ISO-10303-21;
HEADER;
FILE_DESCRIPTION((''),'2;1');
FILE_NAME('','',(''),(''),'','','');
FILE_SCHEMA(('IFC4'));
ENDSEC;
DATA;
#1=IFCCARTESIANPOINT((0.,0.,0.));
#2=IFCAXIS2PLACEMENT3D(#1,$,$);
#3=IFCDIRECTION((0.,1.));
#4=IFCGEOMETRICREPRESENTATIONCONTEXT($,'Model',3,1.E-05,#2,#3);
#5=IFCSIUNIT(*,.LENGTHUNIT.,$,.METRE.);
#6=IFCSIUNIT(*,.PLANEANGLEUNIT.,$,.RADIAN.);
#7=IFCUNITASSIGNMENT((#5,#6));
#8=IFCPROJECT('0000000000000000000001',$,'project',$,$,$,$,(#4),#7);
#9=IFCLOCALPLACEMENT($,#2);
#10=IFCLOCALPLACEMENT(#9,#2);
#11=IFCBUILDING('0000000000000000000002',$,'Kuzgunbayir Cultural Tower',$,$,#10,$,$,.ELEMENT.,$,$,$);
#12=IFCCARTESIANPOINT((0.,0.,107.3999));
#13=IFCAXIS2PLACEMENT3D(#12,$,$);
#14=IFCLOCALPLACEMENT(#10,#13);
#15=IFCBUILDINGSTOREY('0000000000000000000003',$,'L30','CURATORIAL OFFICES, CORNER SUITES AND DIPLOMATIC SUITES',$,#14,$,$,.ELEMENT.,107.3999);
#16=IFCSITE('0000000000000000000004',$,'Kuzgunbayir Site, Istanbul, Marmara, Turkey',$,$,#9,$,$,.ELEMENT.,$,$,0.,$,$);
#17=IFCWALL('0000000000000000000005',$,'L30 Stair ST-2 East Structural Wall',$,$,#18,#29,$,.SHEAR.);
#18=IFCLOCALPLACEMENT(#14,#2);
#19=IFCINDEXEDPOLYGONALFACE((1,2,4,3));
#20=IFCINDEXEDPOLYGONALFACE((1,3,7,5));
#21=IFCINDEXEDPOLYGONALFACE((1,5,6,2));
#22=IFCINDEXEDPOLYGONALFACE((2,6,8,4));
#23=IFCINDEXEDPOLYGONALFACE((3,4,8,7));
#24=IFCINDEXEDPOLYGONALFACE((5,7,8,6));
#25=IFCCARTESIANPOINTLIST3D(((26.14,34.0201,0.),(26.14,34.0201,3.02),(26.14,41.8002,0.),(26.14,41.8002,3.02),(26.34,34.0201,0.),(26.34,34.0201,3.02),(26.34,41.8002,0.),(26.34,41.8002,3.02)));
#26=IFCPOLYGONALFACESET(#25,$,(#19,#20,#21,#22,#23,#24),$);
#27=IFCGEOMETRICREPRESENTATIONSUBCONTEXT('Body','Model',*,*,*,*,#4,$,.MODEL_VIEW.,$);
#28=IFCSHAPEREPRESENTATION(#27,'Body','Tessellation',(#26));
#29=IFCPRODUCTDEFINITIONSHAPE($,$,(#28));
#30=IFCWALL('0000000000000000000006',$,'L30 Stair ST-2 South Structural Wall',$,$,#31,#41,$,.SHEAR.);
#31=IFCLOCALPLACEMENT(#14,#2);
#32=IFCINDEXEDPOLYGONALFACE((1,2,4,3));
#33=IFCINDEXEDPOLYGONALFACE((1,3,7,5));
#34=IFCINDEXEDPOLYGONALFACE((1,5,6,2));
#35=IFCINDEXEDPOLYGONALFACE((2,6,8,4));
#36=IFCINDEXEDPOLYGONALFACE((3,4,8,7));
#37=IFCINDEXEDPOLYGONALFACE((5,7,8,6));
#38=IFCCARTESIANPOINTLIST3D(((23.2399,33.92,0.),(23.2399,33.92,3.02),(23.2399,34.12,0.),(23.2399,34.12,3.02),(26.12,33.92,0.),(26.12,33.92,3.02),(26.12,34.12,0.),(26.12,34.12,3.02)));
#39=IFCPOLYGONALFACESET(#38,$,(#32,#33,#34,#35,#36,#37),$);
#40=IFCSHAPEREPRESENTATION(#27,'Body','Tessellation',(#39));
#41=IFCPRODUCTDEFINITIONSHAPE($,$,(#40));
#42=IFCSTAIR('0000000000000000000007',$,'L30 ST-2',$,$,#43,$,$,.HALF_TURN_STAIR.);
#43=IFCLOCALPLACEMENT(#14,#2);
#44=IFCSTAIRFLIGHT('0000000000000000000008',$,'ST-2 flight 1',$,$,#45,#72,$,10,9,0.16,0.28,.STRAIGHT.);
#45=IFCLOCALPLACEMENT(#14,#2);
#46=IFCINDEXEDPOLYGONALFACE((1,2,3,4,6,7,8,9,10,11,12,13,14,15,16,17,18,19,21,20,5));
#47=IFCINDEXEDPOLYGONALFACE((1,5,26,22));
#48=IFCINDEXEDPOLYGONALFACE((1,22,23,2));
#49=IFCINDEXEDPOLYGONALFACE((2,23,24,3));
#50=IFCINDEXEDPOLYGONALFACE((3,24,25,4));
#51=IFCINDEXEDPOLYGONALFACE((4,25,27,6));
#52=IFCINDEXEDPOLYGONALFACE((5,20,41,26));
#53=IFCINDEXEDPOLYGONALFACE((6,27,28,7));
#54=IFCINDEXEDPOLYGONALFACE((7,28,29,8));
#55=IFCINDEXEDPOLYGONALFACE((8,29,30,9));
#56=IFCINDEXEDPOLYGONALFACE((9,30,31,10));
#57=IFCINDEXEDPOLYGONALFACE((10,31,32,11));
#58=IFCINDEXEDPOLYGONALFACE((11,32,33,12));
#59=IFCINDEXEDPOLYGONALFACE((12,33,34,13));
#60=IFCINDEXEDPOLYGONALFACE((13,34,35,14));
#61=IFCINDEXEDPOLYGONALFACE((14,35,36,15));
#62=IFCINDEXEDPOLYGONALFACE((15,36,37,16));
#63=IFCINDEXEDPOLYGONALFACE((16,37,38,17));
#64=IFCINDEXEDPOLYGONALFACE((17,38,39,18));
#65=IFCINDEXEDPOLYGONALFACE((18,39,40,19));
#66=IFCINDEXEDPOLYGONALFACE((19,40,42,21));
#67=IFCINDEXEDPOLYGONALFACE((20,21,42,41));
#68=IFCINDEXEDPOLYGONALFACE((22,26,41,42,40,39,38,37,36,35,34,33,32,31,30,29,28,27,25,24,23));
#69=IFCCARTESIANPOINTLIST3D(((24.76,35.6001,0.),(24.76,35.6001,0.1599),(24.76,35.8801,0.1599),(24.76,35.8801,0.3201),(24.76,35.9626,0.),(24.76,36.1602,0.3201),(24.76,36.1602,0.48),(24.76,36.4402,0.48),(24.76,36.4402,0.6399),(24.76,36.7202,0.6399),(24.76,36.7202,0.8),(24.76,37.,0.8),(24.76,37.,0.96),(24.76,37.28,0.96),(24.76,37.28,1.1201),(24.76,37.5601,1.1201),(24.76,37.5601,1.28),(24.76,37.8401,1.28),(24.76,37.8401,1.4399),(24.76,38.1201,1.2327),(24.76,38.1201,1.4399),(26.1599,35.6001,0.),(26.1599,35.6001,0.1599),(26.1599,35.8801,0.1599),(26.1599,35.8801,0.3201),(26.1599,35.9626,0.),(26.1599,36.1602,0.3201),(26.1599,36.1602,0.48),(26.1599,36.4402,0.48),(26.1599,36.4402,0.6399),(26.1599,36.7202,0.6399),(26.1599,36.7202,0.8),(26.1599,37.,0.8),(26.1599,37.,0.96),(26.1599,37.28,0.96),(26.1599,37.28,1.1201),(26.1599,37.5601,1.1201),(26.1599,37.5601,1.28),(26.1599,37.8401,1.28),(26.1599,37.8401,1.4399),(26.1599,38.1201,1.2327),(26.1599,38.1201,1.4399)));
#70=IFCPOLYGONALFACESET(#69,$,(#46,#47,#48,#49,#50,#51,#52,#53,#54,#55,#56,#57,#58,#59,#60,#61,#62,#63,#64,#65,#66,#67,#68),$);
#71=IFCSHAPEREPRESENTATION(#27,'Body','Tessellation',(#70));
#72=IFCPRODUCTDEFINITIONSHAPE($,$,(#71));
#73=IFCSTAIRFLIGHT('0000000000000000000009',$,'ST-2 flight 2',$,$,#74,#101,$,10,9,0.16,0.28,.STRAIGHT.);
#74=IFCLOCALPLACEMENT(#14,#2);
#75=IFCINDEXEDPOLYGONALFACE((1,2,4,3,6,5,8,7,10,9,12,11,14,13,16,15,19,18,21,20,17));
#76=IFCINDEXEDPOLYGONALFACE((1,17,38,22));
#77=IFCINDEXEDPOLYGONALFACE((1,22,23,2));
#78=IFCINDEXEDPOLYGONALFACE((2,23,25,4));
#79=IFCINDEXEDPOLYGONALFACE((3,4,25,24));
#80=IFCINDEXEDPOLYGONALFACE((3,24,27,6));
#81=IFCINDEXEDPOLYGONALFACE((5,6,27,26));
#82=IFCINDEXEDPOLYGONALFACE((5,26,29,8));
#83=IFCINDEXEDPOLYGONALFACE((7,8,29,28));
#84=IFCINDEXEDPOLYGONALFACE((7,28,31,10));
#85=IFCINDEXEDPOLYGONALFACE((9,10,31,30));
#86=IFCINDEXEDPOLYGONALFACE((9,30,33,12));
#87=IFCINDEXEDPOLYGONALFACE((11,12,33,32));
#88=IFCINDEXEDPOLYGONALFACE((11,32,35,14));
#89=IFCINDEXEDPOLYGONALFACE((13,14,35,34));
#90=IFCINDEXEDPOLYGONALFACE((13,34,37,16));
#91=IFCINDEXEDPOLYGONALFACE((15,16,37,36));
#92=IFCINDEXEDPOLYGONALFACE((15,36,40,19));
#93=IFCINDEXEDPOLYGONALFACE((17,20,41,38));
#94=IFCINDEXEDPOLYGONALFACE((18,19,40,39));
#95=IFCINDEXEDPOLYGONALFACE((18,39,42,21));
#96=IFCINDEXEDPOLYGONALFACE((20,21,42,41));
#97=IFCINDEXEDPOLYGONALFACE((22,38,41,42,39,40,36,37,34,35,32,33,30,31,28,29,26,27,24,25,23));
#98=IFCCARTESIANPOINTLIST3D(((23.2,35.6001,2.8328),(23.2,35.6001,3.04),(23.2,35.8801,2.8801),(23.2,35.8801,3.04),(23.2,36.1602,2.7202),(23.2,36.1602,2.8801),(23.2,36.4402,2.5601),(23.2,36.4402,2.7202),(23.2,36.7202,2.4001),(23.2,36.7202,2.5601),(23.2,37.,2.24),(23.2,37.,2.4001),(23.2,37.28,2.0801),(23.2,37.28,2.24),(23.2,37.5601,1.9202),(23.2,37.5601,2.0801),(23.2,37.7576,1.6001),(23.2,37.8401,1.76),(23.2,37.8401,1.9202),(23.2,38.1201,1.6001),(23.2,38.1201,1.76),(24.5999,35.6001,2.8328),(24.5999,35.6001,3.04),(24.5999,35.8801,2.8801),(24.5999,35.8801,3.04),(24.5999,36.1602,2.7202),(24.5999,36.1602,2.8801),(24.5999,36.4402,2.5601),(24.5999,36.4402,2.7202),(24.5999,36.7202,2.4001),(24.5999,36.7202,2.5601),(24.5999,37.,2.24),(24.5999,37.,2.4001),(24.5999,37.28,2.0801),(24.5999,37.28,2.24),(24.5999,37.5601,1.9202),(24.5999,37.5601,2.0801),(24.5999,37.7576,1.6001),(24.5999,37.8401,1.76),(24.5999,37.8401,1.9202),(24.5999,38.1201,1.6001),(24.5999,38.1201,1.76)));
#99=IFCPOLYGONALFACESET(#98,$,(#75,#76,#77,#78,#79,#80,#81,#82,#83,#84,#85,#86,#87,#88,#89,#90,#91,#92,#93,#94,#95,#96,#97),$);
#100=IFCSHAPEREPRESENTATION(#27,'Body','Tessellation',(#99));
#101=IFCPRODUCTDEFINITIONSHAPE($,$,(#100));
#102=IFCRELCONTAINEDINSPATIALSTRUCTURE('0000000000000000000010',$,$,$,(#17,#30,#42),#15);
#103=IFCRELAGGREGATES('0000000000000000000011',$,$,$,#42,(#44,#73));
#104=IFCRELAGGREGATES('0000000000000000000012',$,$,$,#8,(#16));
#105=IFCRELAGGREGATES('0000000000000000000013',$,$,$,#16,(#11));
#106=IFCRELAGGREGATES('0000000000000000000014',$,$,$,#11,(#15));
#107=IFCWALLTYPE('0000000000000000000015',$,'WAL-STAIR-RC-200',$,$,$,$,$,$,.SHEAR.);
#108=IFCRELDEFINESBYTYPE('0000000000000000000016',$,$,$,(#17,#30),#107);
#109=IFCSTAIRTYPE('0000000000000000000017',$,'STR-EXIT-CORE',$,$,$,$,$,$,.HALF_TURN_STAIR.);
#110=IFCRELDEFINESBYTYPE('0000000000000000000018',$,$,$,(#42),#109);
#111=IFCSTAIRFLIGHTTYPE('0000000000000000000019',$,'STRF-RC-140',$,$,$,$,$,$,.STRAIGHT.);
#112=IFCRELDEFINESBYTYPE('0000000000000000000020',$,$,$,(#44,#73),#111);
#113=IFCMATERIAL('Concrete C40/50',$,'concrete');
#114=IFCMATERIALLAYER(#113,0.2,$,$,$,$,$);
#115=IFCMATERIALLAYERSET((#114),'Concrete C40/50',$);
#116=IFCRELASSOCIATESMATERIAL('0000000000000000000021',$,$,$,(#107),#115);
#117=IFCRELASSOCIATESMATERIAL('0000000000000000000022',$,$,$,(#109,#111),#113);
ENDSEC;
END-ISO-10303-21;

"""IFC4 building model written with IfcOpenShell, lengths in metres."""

from ifc_helpers import new_model, si_unit, direction, frame, frame_2d, origin, place, context, subcontext, project, spatial, polyline, rectangle, outline, extrude, material, layer, layer_set, type_object, element, aggregate, save


model = new_model("IFC4")

# Units and contexts
model_context = context("Model", 3, precision=1e-05, world=origin(), true_north=direction((0.0, 1.0)))
body_context = subcontext(model_context, "Body", "Model", "MODEL_VIEW")
ifc_project = project(units=[si_unit("LENGTHUNIT", "METRE"), si_unit("PLANEANGLEUNIT", "RADIAN")], contexts=[model_context])

# Site, building, storey
site_placement = place(None, origin())
site = spatial("IfcSite", under=ifc_project, at=site_placement, Name="Kuzgunbayir Site, Istanbul, Marmara, Turkey", CompositionType="ELEMENT", RefElevation=0.0)
building_placement = place(site_placement, origin())
building = spatial("IfcBuilding", under=site, at=building_placement, Name="Kuzgunbayir Cultural Tower", CompositionType="ELEMENT")
storey_placement = place(building_placement, frame((0.0, 0.0, 107.3999)))
storey = spatial("IfcBuildingStorey", under=building, at=storey_placement, Name="L30", Description="CURATORIAL OFFICES, CORNER SUITES AND DIPLOMATIC SUITES", CompositionType="ELEMENT", Elevation=107.3999)

# Shared definitions
ifc_material_1 = material(Name="Concrete C40/50", Category="concrete")

# Shared definitions
ifc_layer_1 = layer(ifc_material_1, 0.2)
ifc_layer_set_1 = layer_set([ifc_layer_1], Name="Concrete C40/50")
wall_type_1 = type_object("IfcWallType", Name="WAL-STAIR-RC-200", PredefinedType="SHEAR", material=ifc_layer_set_1)

# Walls
wall_1_placement = place(storey_placement, frame((26.24, 34.02, 0.0), z_axis=(0.0, 0.0, 1.0), x_axis=(0.0, 1.0, 0.0)))
element("IfcWall", 1, at=wall_1_placement, inside=storey, type_object=wall_type_1, Name="L30 Stair ST-2 East Structural Wall", PredefinedType="SHEAR", context=body_context, shape_type="SweptSolid", body=[
    extrude(rectangle(XDim=7.78, YDim=0.2, at=frame_2d((3.8901, 0.0))), origin(), (0.0, 0.0, 1.0), 3.02),
])
wall_2_placement = place(storey_placement, frame((23.24, 34.02, 0.0), z_axis=(0.0, 0.0, 1.0), x_axis=(1.0, 0.0, 0.0)))
element("IfcWall", 2, at=wall_2_placement, inside=storey, type_object=wall_type_1, Name="L30 Stair ST-2 South Structural Wall", PredefinedType="SHEAR", context=body_context, shape_type="SweptSolid", body=[
    extrude(rectangle(XDim=2.8801, YDim=0.2, at=frame_2d((1.4399, 0.0))), origin(), (0.0, 0.0, 1.0), 3.02),
])

# Stair, stair flights
stair_type = type_object("IfcStairType", Name="STR-EXIT-CORE", PredefinedType="HALF_TURN_STAIR", material=ifc_material_1)
stair_placement = place(storey_placement, origin())
stair = element("IfcStair", 3, at=stair_placement, inside=storey, type_object=stair_type, Name="L30 ST-2", PredefinedType="HALF_TURN_STAIR")
stair_flight_type = type_object("IfcStairFlightType", Name="STRF-RC-140", PredefinedType="STRAIGHT", material=ifc_material_1)
stair_flight_1_placement = place(storey_placement, frame((25.46, 35.6001, 0.0), z_axis=(0.0, 0.0, 1.0), x_axis=(0.0, 1.0, 0.0)))
stair_flight_1 = element("IfcStairFlight", 4, at=stair_flight_1_placement, type_object=stair_flight_type, Name="ST-2 flight 1", NumberOfRisers=10, NumberOfTreads=9, PredefinedType="STRAIGHT", RiserHeight=0.16, TreadLength=0.28, context=body_context, shape_type="SweptSolid", body=[
    extrude(outline(polyline([(0.0, 0.0), (0.0, 0.1599), (0.28, 0.1599), (0.28, 0.3201), (0.5601, 0.3201), (0.5601, 0.48), (0.8401, 0.48), (0.8401, 0.6399), (1.1201, 0.6399), (1.1201, 0.8), (1.3999, 0.8), (1.3999, 0.96), (1.6799, 0.96), (1.6799, 1.1201), (1.96, 1.1201), (1.96, 1.28), (2.24, 1.28), (2.24, 1.4399), (2.52, 1.4399), (2.52, 1.6001), (2.52, 1.2327), (0.3625, 0.0), (0.0, 0.0)])), frame((0.0, 0.7, 0.0), z_axis=(0.0, -1.0, 0.0), x_axis=(1.0, 0.0, 0.0)), (0.0, 0.0, 1.0), 1.3999),
])
stair_flight_2_placement = place(storey_placement, frame((23.8999, 38.1201, 1.6001), z_axis=(0.0, 0.0, 1.0), x_axis=(0.0, -1.0, 0.0)))
stair_flight_2 = element("IfcStairFlight", 5, at=stair_flight_2_placement, type_object=stair_flight_type, Name="ST-2 flight 2", NumberOfRisers=10, NumberOfTreads=9, PredefinedType="STRAIGHT", RiserHeight=0.16, TreadLength=0.28, context=body_context, shape_type="SweptSolid", body=[
    extrude(outline(polyline([(0.0, 0.0), (0.0, 0.1599), (0.28, 0.1599), (0.28, 0.3201), (0.5601, 0.3201), (0.5601, 0.48), (0.8401, 0.48), (0.8401, 0.6399), (1.1201, 0.6399), (1.1201, 0.8), (1.3999, 0.8), (1.3999, 0.96), (1.6799, 0.96), (1.6799, 1.1201), (1.96, 1.1201), (1.96, 1.28), (2.24, 1.28), (2.24, 1.4399), (2.52, 1.4399), (2.52, 1.6001), (2.52, 1.2327), (0.3625, 0.0), (0.0, 0.0)])), frame((0.0, 0.7, 0.0), z_axis=(0.0, -1.0, 0.0), x_axis=(1.0, 0.0, 0.0)), (0.0, 0.0, 1.0), 1.3999),
])
aggregate(stair, [stair_flight_1, stair_flight_2])

save(model, "model.ifc")
